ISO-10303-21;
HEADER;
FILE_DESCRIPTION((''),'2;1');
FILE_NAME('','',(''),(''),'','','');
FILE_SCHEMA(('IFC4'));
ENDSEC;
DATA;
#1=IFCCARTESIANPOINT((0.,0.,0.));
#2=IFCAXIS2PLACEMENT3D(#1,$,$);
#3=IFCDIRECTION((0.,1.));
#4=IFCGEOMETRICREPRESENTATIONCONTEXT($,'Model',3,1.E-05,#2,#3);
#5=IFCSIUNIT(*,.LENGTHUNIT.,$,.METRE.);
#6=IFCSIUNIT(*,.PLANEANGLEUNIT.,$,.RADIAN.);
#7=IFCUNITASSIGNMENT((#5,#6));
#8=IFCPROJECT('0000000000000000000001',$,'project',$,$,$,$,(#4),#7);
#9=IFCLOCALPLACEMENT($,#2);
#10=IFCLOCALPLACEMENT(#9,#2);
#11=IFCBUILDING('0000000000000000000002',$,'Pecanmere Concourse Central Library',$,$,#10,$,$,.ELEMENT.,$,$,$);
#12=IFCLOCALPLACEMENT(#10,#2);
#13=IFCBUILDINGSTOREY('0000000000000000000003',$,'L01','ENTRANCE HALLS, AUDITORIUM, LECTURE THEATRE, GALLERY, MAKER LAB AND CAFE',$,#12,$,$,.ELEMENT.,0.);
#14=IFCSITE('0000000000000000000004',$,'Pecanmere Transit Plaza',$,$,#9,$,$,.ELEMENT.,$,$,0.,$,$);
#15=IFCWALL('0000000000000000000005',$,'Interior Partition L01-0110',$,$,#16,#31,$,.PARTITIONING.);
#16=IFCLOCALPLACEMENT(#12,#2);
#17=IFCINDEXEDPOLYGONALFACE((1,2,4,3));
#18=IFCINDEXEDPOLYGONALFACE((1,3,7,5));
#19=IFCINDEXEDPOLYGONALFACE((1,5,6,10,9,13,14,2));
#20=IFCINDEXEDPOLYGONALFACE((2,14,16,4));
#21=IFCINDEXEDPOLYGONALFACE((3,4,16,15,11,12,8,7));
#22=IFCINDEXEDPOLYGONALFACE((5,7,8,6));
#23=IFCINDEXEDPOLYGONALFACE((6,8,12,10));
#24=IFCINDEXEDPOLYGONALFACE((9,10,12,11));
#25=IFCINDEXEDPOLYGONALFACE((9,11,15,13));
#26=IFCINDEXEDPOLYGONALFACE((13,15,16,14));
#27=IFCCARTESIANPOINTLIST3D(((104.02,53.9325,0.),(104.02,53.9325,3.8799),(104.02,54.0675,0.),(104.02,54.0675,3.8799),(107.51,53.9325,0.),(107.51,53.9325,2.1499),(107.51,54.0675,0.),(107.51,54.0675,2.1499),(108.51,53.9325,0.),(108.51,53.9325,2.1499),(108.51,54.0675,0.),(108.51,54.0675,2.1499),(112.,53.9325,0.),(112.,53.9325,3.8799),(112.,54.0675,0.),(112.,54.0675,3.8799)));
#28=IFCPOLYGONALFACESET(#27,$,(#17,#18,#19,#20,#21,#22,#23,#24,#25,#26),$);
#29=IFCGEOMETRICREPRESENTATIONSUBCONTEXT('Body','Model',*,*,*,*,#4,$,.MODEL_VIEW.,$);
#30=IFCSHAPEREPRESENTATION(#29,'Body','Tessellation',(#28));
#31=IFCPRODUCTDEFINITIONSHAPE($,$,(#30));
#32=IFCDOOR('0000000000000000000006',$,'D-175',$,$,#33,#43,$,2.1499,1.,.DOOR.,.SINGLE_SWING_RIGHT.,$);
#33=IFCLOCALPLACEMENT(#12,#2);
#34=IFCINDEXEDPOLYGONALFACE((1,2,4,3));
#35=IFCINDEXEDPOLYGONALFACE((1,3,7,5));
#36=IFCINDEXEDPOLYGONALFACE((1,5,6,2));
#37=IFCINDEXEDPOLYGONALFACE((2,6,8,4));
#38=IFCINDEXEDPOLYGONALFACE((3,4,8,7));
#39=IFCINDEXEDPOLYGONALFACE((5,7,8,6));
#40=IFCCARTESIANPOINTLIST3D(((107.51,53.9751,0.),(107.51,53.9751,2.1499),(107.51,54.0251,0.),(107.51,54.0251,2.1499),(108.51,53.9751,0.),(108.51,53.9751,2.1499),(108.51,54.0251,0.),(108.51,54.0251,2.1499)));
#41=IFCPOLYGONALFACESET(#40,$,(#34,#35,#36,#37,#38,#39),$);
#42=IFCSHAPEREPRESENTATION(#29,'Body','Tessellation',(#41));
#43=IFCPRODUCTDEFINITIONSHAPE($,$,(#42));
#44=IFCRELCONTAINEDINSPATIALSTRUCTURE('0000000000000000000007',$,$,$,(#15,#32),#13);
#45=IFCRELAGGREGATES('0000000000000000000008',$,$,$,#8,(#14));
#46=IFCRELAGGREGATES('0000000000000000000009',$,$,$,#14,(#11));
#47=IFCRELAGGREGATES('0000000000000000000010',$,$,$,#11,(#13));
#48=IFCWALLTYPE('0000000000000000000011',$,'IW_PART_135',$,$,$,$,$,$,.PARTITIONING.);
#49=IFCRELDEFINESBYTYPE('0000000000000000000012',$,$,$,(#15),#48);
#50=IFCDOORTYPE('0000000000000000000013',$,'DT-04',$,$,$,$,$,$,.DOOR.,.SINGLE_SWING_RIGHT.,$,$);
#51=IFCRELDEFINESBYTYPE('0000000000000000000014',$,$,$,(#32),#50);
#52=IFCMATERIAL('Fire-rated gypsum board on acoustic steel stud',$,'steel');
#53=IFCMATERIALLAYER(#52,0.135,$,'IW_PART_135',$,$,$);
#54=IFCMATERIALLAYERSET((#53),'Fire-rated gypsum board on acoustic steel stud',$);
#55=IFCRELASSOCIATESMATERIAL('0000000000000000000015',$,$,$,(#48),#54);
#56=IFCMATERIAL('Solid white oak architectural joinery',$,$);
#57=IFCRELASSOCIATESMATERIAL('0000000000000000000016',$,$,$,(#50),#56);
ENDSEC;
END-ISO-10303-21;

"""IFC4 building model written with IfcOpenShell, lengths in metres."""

from ifc_helpers import new_model, si_unit, direction, frame, frame_2d, origin, place, context, subcontext, project, spatial, rectangle, extrude, material, layer, layer_set, type_object, element, fill, save


model = new_model("IFC4")

# Units and contexts
model_context = context("Model", 3, precision=1e-05, world=origin(), true_north=direction((0.0, 1.0)))
body_context = subcontext(model_context, "Body", "Model", "MODEL_VIEW")
ifc_project = project(units=[si_unit("LENGTHUNIT", "METRE"), si_unit("PLANEANGLEUNIT", "RADIAN")], contexts=[model_context])

# Site, building, storey
site_placement = place(None, origin())
site = spatial("IfcSite", under=ifc_project, at=site_placement, Name="Pecanmere Transit Plaza", CompositionType="ELEMENT", RefElevation=0.0)
building_placement = place(site_placement, origin())
building = spatial("IfcBuilding", under=site, at=building_placement, Name="Pecanmere Concourse Central Library", CompositionType="ELEMENT")
storey_placement = place(building_placement, origin())
storey = spatial("IfcBuildingStorey", under=building, at=storey_placement, Name="L01", Description="ENTRANCE HALLS, AUDITORIUM, LECTURE THEATRE, GALLERY, MAKER LAB AND CAFE", CompositionType="ELEMENT", Elevation=0.0)

# Wall, opening, door
ifc_material_1 = material(Name="Fire-rated gypsum board on acoustic steel stud", Category="steel")
ifc_layer_1 = layer(ifc_material_1, 0.135, Name="IW_PART_135")
ifc_layer_set_1 = layer_set([ifc_layer_1], Name="Fire-rated gypsum board on acoustic steel stud")
wall_type = type_object("IfcWallType", Name="IW_PART_135", PredefinedType="PARTITIONING", material=ifc_layer_set_1)
wall_1_placement = place(storey_placement, frame((104.02, 54.0, 0.0), z_axis=(0.0, 0.0, 1.0), x_axis=(1.0, 0.0, 0.0)))
wall_1 = element("IfcWall", 1, at=wall_1_placement, inside=storey, type_object=wall_type, Name="Interior Partition L01-0110", PredefinedType="PARTITIONING", context=body_context, shape_type="SweptSolid", body=[
    extrude(rectangle(XDim=7.98, YDim=0.135, at=frame_2d((3.99, 0.0))), origin(), (0.0, 0.0, 1.0), 3.8799),
])
opening_1_placement = place(wall_1_placement, frame((3.49, 0.0, 0.0)))
opening_1 = element("IfcOpeningElement", 2, at=opening_1_placement, cuts=wall_1, PredefinedType="OPENING", context=body_context, shape_type="SweptSolid", body=[
    extrude(rectangle(XDim=1.0, YDim=2.1499, at=frame_2d((0.5, 1.075))), frame((0.0, 0.0796, 0.0), z_axis=(0.0, -1.0, 0.0), x_axis=(1.0, 0.0, 0.0)), (0.0, 0.0, 1.0), 0.1589),
])
ifc_material_2 = material(Name="Solid white oak architectural joinery")
door_type_1 = type_object("IfcDoorType", Name="DT-04", OperationType="SINGLE_SWING_RIGHT", PredefinedType="DOOR", material=ifc_material_2)
door_1_placement = place(opening_1_placement, frame((1.0, 0.0, 0.0), z_axis=(0.0, 0.0, 1.0), x_axis=(-1.0, 0.0, 0.0)))
door_1 = element("IfcDoor", 3, at=door_1_placement, inside=storey, type_object=door_type_1, Name="D-175", OperationType="SINGLE_SWING_RIGHT", OverallHeight=2.1499, OverallWidth=1.0, PredefinedType="DOOR", context=body_context, shape_type="SweptSolid", body=[
    extrude(rectangle(XDim=1.0, YDim=2.1499, at=frame_2d((0.5, 1.075))), frame((0.0, 0.0249, 0.0), z_axis=(0.0, -1.0, 0.0), x_axis=(1.0, 0.0, 0.0)), (0.0, 0.0, 1.0), 0.05),
])
fill(opening_1, door_1)

save(model, "model.ifc")
